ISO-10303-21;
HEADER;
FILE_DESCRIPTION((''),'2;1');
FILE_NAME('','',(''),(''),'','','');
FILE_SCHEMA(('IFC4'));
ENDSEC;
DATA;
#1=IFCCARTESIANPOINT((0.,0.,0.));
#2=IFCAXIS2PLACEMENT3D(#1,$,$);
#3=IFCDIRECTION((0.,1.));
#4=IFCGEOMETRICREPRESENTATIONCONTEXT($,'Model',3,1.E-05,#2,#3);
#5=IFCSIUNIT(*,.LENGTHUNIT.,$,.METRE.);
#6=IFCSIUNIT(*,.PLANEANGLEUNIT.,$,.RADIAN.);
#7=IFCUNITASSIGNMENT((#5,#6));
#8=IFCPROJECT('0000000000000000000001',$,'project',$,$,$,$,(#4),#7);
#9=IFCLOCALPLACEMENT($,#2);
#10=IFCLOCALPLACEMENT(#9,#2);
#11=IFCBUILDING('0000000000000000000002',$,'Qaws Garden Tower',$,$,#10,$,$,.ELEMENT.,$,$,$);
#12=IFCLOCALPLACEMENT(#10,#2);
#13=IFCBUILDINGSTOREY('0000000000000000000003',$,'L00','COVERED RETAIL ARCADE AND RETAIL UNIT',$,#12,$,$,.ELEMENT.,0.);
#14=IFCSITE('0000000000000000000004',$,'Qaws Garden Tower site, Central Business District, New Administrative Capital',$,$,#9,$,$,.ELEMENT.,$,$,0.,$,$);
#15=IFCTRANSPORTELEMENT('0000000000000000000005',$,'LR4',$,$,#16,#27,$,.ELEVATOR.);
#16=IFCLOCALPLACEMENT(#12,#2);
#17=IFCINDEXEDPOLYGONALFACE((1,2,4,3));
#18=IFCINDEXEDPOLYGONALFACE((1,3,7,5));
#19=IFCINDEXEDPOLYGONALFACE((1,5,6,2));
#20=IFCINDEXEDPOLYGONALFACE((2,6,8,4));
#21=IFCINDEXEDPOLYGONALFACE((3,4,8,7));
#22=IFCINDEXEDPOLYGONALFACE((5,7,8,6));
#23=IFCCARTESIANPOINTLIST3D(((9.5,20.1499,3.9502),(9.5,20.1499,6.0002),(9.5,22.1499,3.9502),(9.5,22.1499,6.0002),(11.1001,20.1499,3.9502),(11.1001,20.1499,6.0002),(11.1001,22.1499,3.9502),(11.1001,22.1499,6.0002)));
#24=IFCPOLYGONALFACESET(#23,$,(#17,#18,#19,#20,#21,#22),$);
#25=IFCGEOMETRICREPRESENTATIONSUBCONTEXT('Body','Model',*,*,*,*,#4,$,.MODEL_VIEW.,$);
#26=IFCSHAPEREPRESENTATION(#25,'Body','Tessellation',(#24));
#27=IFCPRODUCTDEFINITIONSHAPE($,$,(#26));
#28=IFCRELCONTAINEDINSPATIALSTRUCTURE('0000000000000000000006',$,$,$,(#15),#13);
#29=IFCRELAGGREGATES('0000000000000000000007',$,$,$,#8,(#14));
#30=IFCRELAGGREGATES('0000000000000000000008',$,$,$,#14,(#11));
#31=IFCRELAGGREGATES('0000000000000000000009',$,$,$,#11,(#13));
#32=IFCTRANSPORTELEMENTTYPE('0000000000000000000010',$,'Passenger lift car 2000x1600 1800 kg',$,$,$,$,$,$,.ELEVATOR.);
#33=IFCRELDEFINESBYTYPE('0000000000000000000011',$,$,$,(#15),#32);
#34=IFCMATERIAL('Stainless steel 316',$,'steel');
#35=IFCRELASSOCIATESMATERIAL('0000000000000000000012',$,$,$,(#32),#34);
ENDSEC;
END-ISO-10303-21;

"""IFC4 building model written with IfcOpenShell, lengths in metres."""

from ifc_helpers import new_model, si_unit, direction, frame, origin, origin_2d, place, context, subcontext, project, spatial, rectangle, extrude, material, type_object, element, save


model = new_model("IFC4")

# Units and contexts
model_context = context("Model", 3, precision=1e-05, world=origin(), true_north=direction((0.0, 1.0)))
body_context = subcontext(model_context, "Body", "Model", "MODEL_VIEW")
ifc_project = project(units=[si_unit("LENGTHUNIT", "METRE"), si_unit("PLANEANGLEUNIT", "RADIAN")], contexts=[model_context])

# Site, building, storey
site_placement = place(None, origin())
site = spatial("IfcSite", under=ifc_project, at=site_placement, Name="Qaws Garden Tower site, Central Business District, New Administrative Capital", CompositionType="ELEMENT", RefElevation=0.0)
building_placement = place(site_placement, origin())
building = spatial("IfcBuilding", under=site, at=building_placement, Name="Qaws Garden Tower", CompositionType="ELEMENT")
storey_placement = place(building_placement, origin())
storey = spatial("IfcBuildingStorey", under=building, at=storey_placement, Name="L00", Description="COVERED RETAIL ARCADE AND RETAIL UNIT", CompositionType="ELEMENT", Elevation=0.0)

# Transport element
ifc_material_1 = material(Name="Stainless steel 316", Category="steel")
transport_element_type = type_object("IfcTransportElementType", Name="Passenger lift car 2000x1600 1800 kg", PredefinedType="ELEVATOR", material=ifc_material_1)
transport_element_1_placement = place(storey_placement, frame((10.3, 21.1499, 3.9502), z_axis=(0.0, 0.0, 1.0), x_axis=(1.0, 0.0, 0.0)))
element("IfcTransportElement", 1, at=transport_element_1_placement, inside=storey, type_object=transport_element_type, Name="LR4", PredefinedType="ELEVATOR", context=body_context, shape_type="SweptSolid", body=[
    extrude(rectangle(XDim=1.6001, YDim=2.0, at=origin_2d()), origin(), (0.0, 0.0, 1.0), 2.05),
])

save(model, "model.ifc")
